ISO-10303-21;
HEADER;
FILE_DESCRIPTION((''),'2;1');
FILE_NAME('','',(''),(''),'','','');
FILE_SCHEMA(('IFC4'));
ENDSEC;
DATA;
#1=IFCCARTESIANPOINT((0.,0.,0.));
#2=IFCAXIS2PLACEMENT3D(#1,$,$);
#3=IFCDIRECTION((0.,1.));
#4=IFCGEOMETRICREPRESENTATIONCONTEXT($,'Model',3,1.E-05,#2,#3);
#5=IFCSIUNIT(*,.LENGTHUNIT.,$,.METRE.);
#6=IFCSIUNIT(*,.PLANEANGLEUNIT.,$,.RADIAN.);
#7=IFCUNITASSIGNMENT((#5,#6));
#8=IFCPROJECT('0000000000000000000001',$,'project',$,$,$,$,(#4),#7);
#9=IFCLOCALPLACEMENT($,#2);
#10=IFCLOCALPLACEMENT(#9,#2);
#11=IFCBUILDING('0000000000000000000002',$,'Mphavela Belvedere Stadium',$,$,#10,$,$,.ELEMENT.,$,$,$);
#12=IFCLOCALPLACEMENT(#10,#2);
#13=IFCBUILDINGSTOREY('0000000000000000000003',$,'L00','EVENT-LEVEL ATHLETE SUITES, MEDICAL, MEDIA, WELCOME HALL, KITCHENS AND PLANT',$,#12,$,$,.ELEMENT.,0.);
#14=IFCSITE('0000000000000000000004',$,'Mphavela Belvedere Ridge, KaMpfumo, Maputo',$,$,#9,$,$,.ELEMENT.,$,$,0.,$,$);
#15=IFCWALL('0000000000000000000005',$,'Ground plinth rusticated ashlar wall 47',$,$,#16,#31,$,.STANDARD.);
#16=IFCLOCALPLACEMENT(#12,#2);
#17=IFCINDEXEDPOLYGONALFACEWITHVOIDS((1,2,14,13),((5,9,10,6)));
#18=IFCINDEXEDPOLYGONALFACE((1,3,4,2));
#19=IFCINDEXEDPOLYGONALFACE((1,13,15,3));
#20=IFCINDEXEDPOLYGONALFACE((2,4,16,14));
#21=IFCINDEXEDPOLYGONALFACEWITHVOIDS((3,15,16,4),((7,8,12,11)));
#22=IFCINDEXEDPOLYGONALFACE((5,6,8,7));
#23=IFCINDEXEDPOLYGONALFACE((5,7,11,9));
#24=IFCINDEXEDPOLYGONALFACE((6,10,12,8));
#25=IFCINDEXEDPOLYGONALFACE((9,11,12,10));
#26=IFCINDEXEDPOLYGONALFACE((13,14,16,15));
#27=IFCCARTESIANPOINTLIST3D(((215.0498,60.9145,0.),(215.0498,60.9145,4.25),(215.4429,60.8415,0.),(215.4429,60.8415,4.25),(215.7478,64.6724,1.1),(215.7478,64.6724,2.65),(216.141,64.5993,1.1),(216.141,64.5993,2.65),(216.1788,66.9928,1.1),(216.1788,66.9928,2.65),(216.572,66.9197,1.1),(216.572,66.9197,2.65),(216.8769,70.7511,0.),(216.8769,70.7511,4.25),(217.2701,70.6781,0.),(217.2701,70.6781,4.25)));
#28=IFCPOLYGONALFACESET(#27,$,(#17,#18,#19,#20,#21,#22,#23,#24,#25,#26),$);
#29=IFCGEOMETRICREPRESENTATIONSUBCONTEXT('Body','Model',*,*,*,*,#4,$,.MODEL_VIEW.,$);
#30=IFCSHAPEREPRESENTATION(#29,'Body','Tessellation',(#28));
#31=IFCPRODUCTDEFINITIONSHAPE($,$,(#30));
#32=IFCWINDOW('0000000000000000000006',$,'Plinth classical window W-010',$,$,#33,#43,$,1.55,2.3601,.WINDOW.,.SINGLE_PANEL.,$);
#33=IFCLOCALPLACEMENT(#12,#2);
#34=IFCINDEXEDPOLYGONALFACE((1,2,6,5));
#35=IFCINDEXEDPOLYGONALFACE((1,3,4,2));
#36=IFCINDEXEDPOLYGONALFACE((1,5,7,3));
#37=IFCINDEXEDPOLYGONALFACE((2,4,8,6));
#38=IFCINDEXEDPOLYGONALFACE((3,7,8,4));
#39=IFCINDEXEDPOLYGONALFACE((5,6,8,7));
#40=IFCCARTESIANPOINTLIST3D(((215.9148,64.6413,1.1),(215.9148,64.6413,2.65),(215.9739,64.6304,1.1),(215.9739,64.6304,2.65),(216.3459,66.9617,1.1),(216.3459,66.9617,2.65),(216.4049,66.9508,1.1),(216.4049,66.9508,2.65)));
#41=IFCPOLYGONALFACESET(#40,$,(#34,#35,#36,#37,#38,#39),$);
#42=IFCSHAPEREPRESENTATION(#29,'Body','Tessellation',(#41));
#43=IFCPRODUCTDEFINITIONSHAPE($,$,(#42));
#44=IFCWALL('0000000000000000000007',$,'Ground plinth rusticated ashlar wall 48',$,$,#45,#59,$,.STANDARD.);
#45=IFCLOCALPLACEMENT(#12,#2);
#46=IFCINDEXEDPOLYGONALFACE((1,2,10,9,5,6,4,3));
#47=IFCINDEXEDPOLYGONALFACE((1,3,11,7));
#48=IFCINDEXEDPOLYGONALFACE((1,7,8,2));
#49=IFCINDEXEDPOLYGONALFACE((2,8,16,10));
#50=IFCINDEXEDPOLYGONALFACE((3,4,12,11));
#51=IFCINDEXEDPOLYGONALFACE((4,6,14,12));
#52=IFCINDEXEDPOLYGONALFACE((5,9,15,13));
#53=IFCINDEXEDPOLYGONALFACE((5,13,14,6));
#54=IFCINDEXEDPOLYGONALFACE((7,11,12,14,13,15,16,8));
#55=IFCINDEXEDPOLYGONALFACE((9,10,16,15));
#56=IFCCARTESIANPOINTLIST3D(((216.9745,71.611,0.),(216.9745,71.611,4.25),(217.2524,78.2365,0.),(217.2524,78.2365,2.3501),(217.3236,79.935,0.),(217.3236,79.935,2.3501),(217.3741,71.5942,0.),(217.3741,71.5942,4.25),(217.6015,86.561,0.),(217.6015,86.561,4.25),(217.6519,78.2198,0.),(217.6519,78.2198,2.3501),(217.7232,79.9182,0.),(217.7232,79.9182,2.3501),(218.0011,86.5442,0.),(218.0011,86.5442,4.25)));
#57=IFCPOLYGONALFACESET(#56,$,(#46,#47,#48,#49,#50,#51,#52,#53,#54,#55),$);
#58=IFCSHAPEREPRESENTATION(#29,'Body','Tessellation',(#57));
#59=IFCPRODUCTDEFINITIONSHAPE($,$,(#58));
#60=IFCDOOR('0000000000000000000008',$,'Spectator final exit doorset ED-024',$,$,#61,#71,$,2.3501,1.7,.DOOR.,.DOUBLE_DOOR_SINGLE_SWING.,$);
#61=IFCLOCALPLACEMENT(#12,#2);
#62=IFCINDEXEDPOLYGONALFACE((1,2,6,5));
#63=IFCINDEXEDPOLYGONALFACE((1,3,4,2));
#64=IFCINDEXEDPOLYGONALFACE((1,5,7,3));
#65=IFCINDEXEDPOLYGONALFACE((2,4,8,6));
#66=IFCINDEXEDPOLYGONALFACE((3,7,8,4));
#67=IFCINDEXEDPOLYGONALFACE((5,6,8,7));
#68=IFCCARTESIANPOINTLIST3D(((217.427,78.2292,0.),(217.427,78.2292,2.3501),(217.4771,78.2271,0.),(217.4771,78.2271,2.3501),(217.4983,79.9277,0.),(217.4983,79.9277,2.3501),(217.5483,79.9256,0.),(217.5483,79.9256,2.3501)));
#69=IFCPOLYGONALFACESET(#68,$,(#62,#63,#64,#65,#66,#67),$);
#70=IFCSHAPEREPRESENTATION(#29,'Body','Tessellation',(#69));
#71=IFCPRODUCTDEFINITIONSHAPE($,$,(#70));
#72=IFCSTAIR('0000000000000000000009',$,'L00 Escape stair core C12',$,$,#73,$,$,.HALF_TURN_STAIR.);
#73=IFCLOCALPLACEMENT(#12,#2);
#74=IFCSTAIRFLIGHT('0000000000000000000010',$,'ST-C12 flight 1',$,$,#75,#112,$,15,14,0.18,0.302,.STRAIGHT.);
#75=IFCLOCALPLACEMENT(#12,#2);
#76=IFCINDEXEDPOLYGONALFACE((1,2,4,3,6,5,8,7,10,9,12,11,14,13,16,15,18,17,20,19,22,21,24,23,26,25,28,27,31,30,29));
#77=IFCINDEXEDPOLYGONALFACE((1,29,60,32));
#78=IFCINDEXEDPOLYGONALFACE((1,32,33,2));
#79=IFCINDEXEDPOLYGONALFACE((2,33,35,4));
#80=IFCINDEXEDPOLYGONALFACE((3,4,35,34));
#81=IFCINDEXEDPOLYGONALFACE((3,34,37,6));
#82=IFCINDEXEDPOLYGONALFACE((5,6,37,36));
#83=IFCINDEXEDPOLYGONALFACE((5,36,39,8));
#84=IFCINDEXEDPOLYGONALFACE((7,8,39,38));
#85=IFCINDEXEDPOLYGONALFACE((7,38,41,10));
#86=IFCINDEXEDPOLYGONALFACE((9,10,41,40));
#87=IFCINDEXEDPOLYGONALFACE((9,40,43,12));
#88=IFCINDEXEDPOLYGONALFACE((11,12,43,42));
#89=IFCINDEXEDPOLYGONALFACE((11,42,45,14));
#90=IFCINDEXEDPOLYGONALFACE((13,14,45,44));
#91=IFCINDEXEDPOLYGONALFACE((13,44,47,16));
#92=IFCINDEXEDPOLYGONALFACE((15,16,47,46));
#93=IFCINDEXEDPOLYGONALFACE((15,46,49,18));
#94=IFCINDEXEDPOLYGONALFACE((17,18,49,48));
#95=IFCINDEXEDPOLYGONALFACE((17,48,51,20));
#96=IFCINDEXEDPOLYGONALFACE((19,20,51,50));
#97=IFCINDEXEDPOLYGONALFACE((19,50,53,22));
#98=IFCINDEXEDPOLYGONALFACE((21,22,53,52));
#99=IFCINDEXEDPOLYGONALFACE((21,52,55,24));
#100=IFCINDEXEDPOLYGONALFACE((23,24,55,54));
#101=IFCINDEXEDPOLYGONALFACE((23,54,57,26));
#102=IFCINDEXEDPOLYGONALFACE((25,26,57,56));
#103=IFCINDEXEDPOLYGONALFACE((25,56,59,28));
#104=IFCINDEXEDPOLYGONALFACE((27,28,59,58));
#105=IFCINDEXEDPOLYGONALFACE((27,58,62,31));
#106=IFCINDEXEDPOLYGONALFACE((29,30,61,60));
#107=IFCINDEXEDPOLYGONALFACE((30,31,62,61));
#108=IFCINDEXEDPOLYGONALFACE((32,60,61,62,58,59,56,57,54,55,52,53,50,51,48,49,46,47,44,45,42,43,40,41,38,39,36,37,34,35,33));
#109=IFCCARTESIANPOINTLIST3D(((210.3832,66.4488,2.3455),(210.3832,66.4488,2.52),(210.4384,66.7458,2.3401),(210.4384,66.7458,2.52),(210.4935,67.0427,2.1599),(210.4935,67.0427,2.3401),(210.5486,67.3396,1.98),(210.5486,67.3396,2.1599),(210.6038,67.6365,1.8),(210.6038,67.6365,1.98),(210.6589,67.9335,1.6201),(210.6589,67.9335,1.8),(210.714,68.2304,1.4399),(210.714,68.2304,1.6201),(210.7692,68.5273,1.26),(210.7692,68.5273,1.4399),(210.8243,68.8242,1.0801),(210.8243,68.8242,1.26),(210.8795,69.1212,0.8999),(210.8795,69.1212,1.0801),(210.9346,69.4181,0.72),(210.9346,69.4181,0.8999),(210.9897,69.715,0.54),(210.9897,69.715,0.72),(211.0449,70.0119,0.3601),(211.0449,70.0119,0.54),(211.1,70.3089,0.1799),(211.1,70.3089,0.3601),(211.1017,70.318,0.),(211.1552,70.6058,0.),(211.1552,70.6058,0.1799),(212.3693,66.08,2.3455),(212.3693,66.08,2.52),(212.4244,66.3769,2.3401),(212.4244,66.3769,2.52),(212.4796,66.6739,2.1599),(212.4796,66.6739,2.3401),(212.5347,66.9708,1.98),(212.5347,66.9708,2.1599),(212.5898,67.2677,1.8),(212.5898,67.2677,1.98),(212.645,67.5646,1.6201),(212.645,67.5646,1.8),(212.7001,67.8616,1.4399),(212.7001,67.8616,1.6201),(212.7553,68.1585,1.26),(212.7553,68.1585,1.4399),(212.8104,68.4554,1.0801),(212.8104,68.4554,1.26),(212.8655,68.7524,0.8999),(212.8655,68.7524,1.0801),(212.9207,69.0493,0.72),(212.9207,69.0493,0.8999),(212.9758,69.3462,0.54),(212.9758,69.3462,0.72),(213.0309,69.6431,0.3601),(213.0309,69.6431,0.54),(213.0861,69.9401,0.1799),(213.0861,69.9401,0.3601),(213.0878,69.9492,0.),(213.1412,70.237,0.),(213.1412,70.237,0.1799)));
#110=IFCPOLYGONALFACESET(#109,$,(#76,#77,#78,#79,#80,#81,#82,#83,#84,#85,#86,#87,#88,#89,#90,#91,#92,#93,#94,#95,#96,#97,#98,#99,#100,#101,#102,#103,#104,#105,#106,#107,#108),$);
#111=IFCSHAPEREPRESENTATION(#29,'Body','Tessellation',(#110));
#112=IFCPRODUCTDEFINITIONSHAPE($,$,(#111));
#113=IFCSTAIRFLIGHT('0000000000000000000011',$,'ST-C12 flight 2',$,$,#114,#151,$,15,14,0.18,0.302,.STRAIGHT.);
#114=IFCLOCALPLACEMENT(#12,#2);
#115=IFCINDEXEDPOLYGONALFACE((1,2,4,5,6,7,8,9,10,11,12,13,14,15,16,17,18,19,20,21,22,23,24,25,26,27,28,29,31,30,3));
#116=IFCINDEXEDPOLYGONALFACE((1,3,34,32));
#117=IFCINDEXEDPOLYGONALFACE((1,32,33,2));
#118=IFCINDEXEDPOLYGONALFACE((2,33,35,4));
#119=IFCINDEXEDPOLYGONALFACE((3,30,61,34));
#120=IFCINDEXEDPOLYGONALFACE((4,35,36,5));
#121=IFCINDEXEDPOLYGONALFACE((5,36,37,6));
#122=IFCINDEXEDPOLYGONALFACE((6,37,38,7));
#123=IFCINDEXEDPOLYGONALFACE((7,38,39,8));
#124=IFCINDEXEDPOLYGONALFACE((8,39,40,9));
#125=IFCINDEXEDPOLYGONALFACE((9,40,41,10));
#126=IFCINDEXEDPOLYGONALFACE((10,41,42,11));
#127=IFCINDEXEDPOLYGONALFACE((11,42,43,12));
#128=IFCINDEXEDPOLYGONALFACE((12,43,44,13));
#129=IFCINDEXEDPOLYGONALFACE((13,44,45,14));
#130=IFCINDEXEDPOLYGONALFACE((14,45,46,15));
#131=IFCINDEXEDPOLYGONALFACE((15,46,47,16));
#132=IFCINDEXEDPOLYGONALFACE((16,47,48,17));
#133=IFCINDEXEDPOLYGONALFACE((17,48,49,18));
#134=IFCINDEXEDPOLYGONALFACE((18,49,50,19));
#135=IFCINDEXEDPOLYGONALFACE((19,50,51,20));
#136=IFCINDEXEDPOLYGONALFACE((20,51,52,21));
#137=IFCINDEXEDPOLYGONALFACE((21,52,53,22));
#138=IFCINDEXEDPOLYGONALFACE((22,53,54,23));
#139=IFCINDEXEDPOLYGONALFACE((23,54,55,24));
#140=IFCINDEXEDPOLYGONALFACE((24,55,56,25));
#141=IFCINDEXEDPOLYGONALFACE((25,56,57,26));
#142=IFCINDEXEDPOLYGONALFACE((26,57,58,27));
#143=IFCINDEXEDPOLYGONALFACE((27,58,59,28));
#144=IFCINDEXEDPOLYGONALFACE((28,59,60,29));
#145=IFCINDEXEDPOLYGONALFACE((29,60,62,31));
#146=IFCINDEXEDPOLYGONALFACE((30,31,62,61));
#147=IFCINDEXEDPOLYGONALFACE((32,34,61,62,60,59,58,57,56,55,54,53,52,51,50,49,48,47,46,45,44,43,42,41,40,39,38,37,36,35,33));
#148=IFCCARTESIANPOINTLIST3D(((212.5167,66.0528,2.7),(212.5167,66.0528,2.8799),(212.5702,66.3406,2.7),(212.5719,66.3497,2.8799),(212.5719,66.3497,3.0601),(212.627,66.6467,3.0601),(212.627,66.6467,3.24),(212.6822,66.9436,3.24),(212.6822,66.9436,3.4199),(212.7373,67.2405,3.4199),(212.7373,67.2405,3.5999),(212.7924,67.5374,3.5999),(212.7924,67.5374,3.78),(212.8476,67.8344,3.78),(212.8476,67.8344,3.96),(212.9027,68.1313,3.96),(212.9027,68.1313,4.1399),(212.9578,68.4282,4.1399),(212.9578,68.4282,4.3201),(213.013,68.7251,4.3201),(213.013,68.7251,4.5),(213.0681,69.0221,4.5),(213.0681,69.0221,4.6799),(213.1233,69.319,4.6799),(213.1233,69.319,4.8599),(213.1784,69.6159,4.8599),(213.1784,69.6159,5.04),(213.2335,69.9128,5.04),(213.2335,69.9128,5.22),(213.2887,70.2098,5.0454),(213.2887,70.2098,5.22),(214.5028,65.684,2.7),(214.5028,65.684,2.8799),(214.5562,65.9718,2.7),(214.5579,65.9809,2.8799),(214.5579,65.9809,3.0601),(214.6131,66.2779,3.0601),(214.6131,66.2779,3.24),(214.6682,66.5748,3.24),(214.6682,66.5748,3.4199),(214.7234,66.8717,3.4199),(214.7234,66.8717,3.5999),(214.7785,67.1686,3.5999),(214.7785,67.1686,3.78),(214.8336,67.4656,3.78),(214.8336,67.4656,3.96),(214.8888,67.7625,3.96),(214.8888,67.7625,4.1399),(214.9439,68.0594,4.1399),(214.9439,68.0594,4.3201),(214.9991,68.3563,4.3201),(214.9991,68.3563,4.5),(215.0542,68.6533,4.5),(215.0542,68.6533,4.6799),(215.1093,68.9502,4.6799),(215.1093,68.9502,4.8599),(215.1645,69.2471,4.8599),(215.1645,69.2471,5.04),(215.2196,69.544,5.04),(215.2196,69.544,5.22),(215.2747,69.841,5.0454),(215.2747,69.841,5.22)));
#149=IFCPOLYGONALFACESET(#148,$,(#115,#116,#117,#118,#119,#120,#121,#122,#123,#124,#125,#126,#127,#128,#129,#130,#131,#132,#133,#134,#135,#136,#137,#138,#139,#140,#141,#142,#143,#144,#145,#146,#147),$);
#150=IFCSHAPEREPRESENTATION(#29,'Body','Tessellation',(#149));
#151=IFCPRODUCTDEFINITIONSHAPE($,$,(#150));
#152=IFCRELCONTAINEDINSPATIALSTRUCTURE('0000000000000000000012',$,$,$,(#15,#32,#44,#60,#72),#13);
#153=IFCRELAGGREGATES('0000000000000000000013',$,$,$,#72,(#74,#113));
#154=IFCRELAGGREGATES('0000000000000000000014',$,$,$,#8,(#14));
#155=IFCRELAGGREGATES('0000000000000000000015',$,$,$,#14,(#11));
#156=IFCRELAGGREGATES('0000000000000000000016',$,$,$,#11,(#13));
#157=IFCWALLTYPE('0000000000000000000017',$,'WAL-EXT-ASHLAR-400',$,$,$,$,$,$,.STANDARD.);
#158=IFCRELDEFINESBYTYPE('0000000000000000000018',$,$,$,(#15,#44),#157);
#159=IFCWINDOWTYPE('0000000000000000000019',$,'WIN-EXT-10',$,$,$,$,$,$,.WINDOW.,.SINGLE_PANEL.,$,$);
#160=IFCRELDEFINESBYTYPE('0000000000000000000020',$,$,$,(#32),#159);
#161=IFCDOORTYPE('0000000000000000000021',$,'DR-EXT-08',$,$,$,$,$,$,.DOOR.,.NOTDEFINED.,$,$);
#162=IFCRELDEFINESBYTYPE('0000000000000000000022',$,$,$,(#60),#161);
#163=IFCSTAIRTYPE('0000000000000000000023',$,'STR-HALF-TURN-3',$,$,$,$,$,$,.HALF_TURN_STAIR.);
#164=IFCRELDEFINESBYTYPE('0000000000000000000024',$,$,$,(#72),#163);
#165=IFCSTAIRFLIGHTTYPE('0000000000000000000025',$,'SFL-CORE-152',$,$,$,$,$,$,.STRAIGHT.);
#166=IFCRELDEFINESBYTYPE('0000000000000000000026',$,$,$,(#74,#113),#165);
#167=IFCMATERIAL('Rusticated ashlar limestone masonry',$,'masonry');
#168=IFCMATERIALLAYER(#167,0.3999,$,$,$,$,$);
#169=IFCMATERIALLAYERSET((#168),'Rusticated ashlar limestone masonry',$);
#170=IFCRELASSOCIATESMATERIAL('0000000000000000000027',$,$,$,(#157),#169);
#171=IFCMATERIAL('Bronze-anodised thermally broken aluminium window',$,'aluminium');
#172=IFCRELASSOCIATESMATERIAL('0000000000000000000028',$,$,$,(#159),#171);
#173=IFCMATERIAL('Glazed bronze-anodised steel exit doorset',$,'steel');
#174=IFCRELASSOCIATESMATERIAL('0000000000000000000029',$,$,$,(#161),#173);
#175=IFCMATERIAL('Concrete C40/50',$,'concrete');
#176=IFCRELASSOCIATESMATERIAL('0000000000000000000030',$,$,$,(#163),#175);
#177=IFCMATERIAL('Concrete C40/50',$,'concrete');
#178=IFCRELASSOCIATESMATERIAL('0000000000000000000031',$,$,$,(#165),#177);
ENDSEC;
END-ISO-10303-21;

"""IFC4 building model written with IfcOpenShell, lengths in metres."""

from ifc_helpers import new_model, si_unit, direction, frame, frame_2d, origin, place, context, subcontext, project, spatial, polyline, rectangle, outline, extrude, material, layer, layer_set, type_object, element, fill, aggregate, save


model = new_model("IFC4")

# Units and contexts
model_context = context("Model", 3, precision=1e-05, world=origin(), true_north=direction((0.0, 1.0)))
body_context = subcontext(model_context, "Body", "Model", "MODEL_VIEW")
ifc_project = project(units=[si_unit("LENGTHUNIT", "METRE"), si_unit("PLANEANGLEUNIT", "RADIAN")], contexts=[model_context])

# Site, building, storey
site_placement = place(None, origin())
site = spatial("IfcSite", under=ifc_project, at=site_placement, Name="Mphavela Belvedere Ridge, KaMpfumo, Maputo", CompositionType="ELEMENT", RefElevation=0.0)
building_placement = place(site_placement, origin())
building = spatial("IfcBuilding", under=site, at=building_placement, Name="Mphavela Belvedere Stadium", CompositionType="ELEMENT")
storey_placement = place(building_placement, origin())
storey = spatial("IfcBuildingStorey", under=building, at=storey_placement, Name="L00", Description="EVENT-LEVEL ATHLETE SUITES, MEDICAL, MEDIA, WELCOME HALL, KITCHENS AND PLANT", CompositionType="ELEMENT", Elevation=0.0)

# Wall, opening, window
ifc_material_1 = material(Name="Rusticated ashlar limestone masonry", Category="masonry")
ifc_layer_1 = layer(ifc_material_1, 0.3999)
ifc_layer_set_1 = layer_set([ifc_layer_1], Name="Rusticated ashlar limestone masonry")
wall_type_1 = type_object("IfcWallType", Name="WAL-EXT-ASHLAR-400", PredefinedType="STANDARD", material=ifc_layer_set_1)
wall_1_placement = place(storey_placement, frame((217.0735, 70.7146, 0.0), z_axis=(0.0, 0.0, 1.0), x_axis=(-0.182625, -0.983183, 0.0)))
wall_1 = element("IfcWall", 1, at=wall_1_placement, inside=storey, type_object=wall_type_1, Name="Ground plinth rusticated ashlar wall 47", PredefinedType="STANDARD", context=body_context, shape_type="SweptSolid", body=[
    extrude(rectangle(XDim=10.0049, YDim=0.3999, at=frame_2d((5.0024, 0.0))), origin(), (0.0, 0.0, 1.0), 4.25),
])
opening_1_placement = place(wall_1_placement, frame((3.8225, 0.0, 1.1001)))
opening_1 = element("IfcOpeningElement", 2, at=opening_1_placement, cuts=wall_1, PredefinedType="OPENING", context=body_context, shape_type="SweptSolid", body=[
    extrude(rectangle(XDim=2.3601, YDim=1.55, at=frame_2d((1.1802, 0.7749))), frame((0.0, 0.21, 0.0), z_axis=(0.0, -1.0, 0.0), x_axis=(1.0, 0.0, 0.0)), (0.0, 0.0, 1.0), 0.4199),
])
ifc_material_2 = material(Name="Bronze-anodised thermally broken aluminium window", Category="aluminium")
window_type = type_object("IfcWindowType", Name="WIN-EXT-10", PartitioningType="SINGLE_PANEL", PredefinedType="WINDOW", material=ifc_material_2)
window_placement = place(opening_1_placement, origin())
window = element("IfcWindow", 3, at=window_placement, inside=storey, type_object=window_type, Name="Plinth classical window W-010", OverallHeight=1.55, OverallWidth=2.3601, PartitioningType="SINGLE_PANEL", PredefinedType="WINDOW", context=body_context, shape_type="SweptSolid", body=[
    extrude(rectangle(XDim=2.3601, YDim=1.55, at=frame_2d((1.1802, 0.7749))), frame((0.0, 0.03, 0.0), z_axis=(0.0, -1.0, 0.0), x_axis=(1.0, 0.0, 0.0)), (0.0, 0.0, 1.0), 0.0601),
])
fill(opening_1, window)

# Wall, opening, door
wall_2_placement = place(storey_placement, frame((217.8013, 86.5525, 0.0), z_axis=(0.0, 0.0, 1.0), x_axis=(-0.0419, -0.999122, 0.0)))
wall_2 = element("IfcWall", 4, at=wall_2_placement, inside=storey, type_object=wall_type_1, Name="Ground plinth rusticated ashlar wall 48", PredefinedType="STANDARD", context=body_context, shape_type="SweptSolid", body=[
    extrude(rectangle(XDim=14.9631, YDim=0.3999, at=frame_2d((7.4814, 0.0))), origin(), (0.0, 0.0, 1.0), 4.25),
])
opening_2_placement = place(wall_2_placement, frame((6.6316, 0.0, 0.0)))
opening_2 = element("IfcOpeningElement", 5, at=opening_2_placement, cuts=wall_2, PredefinedType="OPENING", context=body_context, shape_type="SweptSolid", body=[
    extrude(rectangle(XDim=1.7, YDim=2.3501, at=frame_2d((0.8501, 1.175))), frame((0.0, 0.21, 0.0), z_axis=(0.0, -1.0, 0.0), x_axis=(1.0, 0.0, 0.0)), (0.0, 0.0, 1.0), 0.4199),
])
ifc_material_3 = material(Name="Glazed bronze-anodised steel exit doorset", Category="steel")
door_type_1 = type_object("IfcDoorType", Name="DR-EXT-08", OperationType="NOTDEFINED", PredefinedType="DOOR", material=ifc_material_3)
door_1_placement = place(opening_2_placement, origin())
door_1 = element("IfcDoor", 6, at=door_1_placement, inside=storey, type_object=door_type_1, Name="Spectator final exit doorset ED-024", OperationType="DOUBLE_DOOR_SINGLE_SWING", OverallHeight=2.3501, OverallWidth=1.7, PredefinedType="DOOR", context=body_context, shape_type="SweptSolid", body=[
    extrude(rectangle(XDim=1.7, YDim=2.3501, at=frame_2d((0.8501, 1.175))), frame((0.0, 0.0249, 0.0), z_axis=(0.0, -1.0, 0.0), x_axis=(1.0, 0.0, 0.0)), (0.0, 0.0, 1.0), 0.05),
])
fill(opening_2, door_1)

# Stair, stair flights
ifc_material_4 = material(Name="Concrete C40/50", Category="concrete")
stair_type = type_object("IfcStairType", Name="STR-HALF-TURN-3", PredefinedType="HALF_TURN_STAIR", material=ifc_material_4)
stair_placement = place(storey_placement, origin())
stair = element("IfcStair", 7, at=stair_placement, inside=storey, type_object=stair_type, Name="L00 Escape stair core C12", PredefinedType="HALF_TURN_STAIR")
ifc_material_5 = material(Name="Concrete C40/50", Category="concrete")
stair_flight_type = type_object("IfcStairFlightType", Name="SFL-CORE-152", PredefinedType="STRAIGHT", material=ifc_material_5)
stair_flight_1_placement = place(storey_placement, frame((212.1482, 70.4214, 0.0), z_axis=(0.0, 0.0, 1.0), x_axis=(-0.182579, -0.983191, 0.0)))
stair_flight_1 = element("IfcStairFlight", 8, at=stair_flight_1_placement, type_object=stair_flight_type, Name="ST-C12 flight 1", NumberOfRisers=15, NumberOfTreads=14, PredefinedType="STRAIGHT", RiserHeight=0.18, TreadLength=0.302, context=body_context, shape_type="SweptSolid", body=[
    extrude(outline(polyline([(0.0, 0.0), (0.0, 0.1799), (0.302, 0.1799), (0.302, 0.3601), (0.604, 0.3601), (0.604, 0.54), (0.906, 0.54), (0.906, 0.72), (1.208, 0.72), (1.208, 0.8999), (1.51, 0.8999), (1.51, 1.0801), (1.812, 1.0801), (1.812, 1.26), (2.114, 1.26), (2.114, 1.4399), (2.416, 1.4399), (2.416, 1.6201), (2.718, 1.6201), (2.718, 1.8), (3.02, 1.8), (3.02, 1.98), (3.322, 1.98), (3.322, 2.1599), (3.624, 2.1599), (3.624, 2.3401), (3.926, 2.3401), (3.926, 2.52), (4.228, 2.52), (4.228, 2.7), (4.228, 2.3455), (0.2927, 0.0), (0.0, 0.0)])), frame((0.0, 1.01, 0.0), z_axis=(0.0, -1.0, 0.0), x_axis=(1.0, 0.0, 0.0)), (0.0, 0.0, 1.0), 2.02),
])
stair_flight_2_placement = place(storey_placement, frame((213.5098, 65.8684, 2.7), z_axis=(0.0, 0.0, 1.0), x_axis=(0.182579, 0.983191, 0.0)))
stair_flight_2 = element("IfcStairFlight", 9, at=stair_flight_2_placement, type_object=stair_flight_type, Name="ST-C12 flight 2", NumberOfRisers=15, NumberOfTreads=14, PredefinedType="STRAIGHT", RiserHeight=0.18, TreadLength=0.302, context=body_context, shape_type="SweptSolid", body=[
    extrude(outline(polyline([(0.0, 0.0), (0.0, 0.1799), (0.302, 0.1799), (0.302, 0.3601), (0.604, 0.3601), (0.604, 0.54), (0.906, 0.54), (0.906, 0.72), (1.208, 0.72), (1.208, 0.8999), (1.51, 0.8999), (1.51, 1.0801), (1.812, 1.0801), (1.812, 1.26), (2.114, 1.26), (2.114, 1.4399), (2.416, 1.4399), (2.416, 1.6201), (2.718, 1.6201), (2.718, 1.8), (3.02, 1.8), (3.02, 1.98), (3.322, 1.98), (3.322, 2.1599), (3.624, 2.1599), (3.624, 2.3401), (3.926, 2.3401), (3.926, 2.52), (4.228, 2.52), (4.228, 2.7), (4.228, 2.3455), (0.2927, 0.0), (0.0, 0.0)])), frame((0.0, 1.01, 0.0), z_axis=(0.0, -1.0, 0.0), x_axis=(1.0, 0.0, 0.0)), (0.0, 0.0, 1.0), 2.02),
])
aggregate(stair, [stair_flight_1, stair_flight_2])

save(model, "model.ifc")
